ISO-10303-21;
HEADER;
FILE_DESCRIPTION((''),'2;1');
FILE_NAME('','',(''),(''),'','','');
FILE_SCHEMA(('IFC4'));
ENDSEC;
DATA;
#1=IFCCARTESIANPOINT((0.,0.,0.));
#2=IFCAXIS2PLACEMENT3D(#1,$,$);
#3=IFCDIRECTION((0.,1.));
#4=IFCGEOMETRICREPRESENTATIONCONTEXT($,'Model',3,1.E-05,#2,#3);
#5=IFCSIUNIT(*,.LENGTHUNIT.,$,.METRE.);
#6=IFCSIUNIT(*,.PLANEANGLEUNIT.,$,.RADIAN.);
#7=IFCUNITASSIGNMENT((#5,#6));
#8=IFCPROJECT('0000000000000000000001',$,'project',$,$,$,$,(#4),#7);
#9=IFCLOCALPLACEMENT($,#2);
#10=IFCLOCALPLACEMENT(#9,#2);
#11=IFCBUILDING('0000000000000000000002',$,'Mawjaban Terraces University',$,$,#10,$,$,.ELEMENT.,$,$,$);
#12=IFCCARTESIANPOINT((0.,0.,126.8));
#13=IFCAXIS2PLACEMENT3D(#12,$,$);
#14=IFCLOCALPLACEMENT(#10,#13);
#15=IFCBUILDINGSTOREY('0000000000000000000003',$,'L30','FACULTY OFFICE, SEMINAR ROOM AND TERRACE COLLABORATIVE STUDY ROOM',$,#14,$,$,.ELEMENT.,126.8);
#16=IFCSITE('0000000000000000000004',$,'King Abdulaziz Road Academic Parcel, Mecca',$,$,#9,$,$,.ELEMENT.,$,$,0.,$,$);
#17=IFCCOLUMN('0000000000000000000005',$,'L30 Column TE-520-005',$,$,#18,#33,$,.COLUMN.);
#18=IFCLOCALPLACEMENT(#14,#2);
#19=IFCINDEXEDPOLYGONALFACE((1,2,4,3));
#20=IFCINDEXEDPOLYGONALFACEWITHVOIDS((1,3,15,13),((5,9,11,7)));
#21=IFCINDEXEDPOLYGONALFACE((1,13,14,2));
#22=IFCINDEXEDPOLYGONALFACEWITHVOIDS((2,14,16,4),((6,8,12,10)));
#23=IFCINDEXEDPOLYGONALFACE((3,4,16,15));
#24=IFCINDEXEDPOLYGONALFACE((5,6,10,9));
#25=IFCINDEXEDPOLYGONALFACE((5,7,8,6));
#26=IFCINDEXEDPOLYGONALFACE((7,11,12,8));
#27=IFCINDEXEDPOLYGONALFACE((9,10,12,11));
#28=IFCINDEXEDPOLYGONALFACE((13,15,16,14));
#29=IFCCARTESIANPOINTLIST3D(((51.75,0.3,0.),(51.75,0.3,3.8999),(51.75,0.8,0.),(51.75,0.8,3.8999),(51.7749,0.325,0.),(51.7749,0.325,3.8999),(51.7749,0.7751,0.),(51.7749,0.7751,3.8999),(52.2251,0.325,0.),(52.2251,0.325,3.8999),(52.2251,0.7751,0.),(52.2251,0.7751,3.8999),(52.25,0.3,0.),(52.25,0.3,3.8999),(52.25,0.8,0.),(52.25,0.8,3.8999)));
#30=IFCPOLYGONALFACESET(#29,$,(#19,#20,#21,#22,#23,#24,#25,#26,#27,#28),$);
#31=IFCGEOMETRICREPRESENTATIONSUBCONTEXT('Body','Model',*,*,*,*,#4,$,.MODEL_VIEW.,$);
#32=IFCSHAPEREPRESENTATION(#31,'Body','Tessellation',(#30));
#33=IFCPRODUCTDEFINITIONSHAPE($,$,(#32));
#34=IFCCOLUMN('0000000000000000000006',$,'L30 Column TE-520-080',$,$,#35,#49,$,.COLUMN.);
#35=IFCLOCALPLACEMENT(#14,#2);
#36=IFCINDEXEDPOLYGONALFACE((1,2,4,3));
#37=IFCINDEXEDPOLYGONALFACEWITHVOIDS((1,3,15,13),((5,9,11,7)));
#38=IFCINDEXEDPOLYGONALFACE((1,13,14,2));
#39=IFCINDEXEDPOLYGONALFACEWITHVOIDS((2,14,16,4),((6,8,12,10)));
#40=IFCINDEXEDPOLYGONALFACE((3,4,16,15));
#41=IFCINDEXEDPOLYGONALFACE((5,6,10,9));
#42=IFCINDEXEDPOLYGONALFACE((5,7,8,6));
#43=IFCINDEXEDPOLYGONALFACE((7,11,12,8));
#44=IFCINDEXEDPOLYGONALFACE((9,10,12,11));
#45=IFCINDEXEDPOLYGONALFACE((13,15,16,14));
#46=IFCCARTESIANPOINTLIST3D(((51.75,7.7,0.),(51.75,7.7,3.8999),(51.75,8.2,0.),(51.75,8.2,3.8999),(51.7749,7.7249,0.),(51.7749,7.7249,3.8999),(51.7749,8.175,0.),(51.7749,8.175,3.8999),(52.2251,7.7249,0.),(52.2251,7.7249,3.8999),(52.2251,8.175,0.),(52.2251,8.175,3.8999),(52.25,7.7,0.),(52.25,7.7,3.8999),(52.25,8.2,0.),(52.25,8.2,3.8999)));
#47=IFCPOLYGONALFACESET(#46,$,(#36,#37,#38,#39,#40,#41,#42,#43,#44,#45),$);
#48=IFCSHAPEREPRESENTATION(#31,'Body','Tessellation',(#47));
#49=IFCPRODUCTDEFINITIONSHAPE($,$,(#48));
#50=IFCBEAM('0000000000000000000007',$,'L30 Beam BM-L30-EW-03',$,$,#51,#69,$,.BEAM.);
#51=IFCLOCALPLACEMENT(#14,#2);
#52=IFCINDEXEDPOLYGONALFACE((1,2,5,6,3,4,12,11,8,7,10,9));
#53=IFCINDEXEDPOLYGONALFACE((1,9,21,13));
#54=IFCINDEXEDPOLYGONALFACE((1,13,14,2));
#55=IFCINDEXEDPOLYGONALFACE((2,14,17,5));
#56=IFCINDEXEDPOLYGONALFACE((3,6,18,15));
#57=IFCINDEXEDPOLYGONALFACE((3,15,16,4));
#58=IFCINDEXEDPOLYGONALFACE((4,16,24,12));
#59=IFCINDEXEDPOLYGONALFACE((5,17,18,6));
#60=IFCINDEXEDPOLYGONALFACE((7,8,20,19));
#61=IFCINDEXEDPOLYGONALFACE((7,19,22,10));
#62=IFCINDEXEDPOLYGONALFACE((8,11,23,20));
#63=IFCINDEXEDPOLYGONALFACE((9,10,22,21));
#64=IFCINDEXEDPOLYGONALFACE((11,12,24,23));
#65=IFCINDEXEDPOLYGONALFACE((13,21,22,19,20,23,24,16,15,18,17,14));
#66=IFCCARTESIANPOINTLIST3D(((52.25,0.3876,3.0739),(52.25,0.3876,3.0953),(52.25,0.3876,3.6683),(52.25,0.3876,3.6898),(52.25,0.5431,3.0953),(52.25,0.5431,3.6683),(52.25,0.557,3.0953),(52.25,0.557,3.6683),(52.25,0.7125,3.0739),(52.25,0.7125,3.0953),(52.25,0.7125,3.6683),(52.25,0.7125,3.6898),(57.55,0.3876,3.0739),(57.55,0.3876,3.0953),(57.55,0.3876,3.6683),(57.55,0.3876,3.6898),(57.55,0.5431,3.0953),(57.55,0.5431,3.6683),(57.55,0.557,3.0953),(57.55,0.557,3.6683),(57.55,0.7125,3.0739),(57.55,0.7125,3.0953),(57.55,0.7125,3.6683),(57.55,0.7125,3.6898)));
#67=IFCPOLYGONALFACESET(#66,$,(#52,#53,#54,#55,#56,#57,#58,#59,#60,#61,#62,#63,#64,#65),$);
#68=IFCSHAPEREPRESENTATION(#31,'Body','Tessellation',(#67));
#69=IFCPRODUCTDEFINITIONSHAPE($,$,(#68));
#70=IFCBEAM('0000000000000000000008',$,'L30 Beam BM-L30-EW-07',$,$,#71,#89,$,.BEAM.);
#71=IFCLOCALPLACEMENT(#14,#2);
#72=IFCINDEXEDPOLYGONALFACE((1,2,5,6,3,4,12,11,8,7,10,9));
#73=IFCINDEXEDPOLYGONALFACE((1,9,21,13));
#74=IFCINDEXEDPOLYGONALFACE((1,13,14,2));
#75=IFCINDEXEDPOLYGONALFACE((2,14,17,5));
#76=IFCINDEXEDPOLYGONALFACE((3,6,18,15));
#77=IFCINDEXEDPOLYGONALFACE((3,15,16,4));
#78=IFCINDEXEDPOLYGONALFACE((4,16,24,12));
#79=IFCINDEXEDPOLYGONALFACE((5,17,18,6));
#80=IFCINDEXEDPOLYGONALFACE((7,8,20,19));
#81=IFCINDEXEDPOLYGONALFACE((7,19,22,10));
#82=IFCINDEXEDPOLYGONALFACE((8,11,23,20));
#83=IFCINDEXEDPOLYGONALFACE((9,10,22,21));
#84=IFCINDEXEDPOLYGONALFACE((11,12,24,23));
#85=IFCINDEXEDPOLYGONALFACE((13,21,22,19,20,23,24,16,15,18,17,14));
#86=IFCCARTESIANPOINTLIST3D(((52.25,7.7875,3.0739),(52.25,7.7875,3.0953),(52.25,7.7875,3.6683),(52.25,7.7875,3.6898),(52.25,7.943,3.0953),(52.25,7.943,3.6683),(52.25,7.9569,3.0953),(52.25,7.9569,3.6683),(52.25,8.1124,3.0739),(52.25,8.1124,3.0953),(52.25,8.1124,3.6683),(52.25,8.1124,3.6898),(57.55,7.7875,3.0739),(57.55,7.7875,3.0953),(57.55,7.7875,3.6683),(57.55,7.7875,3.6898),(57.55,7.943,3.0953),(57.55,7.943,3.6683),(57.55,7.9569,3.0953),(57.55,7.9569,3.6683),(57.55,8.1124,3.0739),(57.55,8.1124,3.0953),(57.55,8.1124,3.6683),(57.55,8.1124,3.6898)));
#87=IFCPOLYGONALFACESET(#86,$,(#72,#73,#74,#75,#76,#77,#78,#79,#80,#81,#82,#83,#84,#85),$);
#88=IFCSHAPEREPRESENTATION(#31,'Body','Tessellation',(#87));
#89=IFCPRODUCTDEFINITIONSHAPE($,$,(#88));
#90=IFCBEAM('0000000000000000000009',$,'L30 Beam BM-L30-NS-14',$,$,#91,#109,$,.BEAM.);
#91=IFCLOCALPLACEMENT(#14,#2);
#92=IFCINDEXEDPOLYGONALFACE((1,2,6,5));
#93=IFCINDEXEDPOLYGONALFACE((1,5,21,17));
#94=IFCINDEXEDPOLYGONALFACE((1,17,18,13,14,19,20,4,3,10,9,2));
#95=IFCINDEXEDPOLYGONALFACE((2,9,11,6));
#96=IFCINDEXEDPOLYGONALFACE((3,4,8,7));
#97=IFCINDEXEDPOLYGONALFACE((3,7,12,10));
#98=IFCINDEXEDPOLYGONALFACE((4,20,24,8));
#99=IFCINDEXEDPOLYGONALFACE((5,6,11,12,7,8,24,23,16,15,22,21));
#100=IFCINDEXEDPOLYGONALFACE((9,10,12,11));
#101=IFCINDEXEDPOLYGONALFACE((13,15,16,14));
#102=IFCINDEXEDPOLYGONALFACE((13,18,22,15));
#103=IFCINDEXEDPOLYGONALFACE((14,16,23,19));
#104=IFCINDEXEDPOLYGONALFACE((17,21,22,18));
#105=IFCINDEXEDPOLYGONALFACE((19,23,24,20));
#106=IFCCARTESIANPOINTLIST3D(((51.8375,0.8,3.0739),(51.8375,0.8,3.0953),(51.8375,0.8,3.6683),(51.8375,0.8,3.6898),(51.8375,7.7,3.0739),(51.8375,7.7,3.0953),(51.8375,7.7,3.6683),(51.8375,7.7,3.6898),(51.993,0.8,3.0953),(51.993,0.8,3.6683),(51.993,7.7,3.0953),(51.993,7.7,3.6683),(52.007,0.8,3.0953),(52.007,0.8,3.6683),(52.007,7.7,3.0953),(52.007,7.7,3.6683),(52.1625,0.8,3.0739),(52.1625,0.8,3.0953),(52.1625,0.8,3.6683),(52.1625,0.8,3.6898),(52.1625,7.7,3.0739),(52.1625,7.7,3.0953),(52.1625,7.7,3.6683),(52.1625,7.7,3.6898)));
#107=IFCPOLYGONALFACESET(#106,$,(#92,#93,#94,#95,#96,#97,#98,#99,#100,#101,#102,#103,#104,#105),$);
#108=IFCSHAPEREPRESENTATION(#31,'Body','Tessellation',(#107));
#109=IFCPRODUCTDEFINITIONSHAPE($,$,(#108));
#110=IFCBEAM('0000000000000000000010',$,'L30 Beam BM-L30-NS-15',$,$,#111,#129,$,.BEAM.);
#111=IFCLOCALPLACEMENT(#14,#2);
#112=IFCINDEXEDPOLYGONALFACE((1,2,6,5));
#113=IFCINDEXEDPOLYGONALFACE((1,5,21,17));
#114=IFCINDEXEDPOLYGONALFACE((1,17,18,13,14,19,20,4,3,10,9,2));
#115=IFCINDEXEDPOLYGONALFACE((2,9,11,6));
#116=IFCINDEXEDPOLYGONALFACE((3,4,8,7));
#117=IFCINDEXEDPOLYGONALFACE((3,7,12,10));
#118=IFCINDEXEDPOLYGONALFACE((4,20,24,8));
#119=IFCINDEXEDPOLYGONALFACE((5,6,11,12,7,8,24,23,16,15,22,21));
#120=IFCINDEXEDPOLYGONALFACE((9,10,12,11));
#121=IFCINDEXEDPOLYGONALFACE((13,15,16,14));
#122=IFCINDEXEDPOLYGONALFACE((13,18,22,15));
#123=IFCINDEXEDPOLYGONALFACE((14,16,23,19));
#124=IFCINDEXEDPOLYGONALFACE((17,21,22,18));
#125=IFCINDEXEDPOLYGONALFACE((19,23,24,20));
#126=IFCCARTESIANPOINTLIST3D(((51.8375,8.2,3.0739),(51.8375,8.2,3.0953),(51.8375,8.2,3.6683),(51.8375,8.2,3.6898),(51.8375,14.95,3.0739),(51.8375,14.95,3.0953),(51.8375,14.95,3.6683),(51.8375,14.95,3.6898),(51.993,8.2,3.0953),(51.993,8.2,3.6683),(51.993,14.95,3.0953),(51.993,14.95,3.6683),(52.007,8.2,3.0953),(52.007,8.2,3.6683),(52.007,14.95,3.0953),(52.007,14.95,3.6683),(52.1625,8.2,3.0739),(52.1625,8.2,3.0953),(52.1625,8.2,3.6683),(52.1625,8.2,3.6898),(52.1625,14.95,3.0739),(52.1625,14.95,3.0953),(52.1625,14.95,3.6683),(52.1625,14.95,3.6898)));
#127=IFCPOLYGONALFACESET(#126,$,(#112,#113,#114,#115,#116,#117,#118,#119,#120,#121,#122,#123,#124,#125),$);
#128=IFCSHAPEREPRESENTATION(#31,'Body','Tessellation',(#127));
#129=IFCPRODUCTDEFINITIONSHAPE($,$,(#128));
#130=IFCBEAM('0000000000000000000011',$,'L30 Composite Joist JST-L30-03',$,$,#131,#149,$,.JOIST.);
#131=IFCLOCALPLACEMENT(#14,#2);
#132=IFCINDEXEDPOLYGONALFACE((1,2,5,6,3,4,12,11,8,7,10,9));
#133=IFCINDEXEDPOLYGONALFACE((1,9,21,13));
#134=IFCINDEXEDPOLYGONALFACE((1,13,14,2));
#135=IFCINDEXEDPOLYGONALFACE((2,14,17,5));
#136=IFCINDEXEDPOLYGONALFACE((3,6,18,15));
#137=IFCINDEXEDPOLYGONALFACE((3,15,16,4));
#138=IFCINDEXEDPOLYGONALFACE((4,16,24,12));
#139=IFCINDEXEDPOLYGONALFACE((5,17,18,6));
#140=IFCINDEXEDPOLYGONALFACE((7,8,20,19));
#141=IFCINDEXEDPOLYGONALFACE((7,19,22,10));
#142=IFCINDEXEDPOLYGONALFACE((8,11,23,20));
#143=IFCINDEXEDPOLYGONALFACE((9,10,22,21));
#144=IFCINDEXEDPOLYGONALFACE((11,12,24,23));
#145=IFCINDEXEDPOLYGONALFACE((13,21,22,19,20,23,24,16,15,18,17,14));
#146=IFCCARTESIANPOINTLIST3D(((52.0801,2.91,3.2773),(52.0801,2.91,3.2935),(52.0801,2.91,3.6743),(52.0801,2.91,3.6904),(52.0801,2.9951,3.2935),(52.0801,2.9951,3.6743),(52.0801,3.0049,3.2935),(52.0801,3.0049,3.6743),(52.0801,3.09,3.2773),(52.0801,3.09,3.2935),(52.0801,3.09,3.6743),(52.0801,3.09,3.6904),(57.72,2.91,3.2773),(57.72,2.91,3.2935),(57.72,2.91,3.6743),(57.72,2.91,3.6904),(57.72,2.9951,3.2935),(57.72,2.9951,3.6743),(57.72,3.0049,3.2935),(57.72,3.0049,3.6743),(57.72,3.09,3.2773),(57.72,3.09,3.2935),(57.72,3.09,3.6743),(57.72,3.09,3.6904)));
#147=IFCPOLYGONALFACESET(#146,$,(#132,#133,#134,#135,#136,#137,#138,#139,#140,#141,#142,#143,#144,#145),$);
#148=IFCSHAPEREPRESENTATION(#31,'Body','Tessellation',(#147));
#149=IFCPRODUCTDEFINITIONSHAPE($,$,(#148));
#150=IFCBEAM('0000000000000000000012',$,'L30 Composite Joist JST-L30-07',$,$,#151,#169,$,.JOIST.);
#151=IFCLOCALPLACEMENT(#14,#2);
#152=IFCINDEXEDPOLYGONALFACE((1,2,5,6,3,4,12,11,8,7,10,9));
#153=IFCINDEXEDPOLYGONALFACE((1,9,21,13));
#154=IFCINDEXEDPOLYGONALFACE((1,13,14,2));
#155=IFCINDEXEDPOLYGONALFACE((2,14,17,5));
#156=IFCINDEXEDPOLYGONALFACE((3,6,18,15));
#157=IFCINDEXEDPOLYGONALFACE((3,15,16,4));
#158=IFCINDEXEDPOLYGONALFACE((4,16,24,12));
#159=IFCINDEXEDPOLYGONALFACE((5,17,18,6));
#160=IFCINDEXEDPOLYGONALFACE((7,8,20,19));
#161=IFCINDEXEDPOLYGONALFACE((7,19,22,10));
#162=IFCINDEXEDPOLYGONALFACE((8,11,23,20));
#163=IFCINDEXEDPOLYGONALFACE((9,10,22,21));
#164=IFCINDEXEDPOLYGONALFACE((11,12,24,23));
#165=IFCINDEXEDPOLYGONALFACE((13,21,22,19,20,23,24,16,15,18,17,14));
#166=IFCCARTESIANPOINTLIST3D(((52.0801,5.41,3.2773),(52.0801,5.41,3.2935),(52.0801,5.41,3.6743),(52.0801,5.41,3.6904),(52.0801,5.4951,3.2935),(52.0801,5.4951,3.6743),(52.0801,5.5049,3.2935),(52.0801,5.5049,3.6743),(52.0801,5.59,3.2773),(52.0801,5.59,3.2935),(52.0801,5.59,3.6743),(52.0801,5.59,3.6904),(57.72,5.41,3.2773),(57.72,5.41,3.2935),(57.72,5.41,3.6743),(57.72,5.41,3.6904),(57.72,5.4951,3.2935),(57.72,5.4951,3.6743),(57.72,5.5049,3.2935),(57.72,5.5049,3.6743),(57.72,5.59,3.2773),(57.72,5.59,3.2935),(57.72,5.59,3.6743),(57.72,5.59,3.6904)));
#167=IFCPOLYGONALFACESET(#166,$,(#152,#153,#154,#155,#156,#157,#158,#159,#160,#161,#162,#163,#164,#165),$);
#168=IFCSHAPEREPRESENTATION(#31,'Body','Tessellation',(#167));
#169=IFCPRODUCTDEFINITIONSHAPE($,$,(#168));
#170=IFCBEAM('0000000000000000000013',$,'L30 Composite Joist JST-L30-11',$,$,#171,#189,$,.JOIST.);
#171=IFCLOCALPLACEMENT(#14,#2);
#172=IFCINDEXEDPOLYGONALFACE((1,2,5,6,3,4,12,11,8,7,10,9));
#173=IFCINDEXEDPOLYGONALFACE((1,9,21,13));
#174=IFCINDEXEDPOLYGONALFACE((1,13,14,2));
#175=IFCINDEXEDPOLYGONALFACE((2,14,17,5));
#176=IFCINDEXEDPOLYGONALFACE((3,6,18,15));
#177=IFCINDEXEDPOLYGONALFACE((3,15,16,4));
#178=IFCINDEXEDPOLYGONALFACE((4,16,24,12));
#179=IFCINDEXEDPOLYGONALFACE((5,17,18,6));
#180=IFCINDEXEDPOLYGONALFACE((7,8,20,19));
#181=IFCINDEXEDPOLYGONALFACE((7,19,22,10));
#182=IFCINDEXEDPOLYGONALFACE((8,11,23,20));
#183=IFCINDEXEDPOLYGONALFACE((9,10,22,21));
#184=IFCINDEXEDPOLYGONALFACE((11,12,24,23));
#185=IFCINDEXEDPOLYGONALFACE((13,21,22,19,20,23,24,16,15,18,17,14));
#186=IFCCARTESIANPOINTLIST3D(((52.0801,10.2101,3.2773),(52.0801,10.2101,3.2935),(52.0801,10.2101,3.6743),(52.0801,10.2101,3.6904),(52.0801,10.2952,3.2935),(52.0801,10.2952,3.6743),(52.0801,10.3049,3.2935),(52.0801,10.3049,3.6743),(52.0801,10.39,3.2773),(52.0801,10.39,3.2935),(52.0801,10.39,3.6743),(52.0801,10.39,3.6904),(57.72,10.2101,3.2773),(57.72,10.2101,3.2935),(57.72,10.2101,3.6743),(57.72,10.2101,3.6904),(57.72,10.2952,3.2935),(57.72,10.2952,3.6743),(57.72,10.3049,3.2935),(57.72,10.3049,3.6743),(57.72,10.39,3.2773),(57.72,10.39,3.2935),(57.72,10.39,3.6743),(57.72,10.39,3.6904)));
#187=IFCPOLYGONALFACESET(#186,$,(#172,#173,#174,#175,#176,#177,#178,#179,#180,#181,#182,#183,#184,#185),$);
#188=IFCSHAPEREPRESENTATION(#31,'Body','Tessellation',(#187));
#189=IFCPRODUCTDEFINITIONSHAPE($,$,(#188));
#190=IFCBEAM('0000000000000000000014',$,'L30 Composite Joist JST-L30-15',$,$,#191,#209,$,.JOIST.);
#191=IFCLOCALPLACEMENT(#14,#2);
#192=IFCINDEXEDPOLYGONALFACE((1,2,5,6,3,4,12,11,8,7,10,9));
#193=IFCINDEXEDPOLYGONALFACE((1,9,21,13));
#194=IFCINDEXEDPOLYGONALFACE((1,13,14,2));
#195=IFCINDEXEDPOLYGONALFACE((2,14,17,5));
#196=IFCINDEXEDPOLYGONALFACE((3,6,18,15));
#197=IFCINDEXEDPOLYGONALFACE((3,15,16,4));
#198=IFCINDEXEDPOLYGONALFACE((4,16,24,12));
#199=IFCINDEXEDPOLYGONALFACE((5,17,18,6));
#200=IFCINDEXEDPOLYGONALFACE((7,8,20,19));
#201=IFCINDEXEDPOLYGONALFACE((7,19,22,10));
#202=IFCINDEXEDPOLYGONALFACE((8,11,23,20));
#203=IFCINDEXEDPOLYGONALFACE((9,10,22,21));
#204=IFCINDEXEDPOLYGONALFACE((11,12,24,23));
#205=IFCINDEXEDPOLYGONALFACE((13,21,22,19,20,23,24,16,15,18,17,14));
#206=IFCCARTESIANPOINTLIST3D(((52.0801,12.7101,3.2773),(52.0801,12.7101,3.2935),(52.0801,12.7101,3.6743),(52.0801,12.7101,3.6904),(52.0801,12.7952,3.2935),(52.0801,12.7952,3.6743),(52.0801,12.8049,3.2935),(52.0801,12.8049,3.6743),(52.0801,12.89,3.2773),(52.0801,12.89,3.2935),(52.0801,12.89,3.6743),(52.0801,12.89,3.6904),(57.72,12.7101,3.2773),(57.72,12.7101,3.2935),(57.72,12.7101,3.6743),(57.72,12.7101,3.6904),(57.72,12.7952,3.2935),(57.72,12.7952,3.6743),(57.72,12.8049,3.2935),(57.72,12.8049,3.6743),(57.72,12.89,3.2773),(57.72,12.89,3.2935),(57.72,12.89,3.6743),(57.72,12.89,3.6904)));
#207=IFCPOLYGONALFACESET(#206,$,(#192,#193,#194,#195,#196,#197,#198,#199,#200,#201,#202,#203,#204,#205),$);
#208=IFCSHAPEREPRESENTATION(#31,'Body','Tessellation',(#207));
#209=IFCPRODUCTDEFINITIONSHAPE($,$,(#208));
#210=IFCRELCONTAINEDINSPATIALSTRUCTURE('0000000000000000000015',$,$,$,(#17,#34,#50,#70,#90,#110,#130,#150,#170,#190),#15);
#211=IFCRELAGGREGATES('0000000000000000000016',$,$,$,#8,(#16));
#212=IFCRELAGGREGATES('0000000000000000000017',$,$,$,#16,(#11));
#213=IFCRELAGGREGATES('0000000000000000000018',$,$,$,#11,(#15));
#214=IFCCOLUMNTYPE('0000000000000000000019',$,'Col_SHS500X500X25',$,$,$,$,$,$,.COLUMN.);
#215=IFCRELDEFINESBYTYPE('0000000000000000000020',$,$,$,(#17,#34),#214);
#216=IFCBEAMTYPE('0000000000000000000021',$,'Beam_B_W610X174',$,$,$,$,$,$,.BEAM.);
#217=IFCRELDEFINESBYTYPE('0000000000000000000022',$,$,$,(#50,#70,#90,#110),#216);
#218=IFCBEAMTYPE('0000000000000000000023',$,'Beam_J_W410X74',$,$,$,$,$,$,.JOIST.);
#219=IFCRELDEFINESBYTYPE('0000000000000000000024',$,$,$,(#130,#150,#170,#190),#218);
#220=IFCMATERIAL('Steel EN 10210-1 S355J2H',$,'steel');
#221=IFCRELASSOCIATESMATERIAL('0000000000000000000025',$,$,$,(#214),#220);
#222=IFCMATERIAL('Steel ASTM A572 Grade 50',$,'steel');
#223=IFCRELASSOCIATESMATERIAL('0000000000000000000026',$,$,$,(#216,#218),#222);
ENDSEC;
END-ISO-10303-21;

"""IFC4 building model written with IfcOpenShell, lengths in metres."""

from ifc_helpers import new_model, si_unit, direction, frame, origin, origin_2d, place, context, subcontext, project, spatial, hollow_rectangle, i_section, extrude, material, material_profile, profile_set, type_object, element, save


model = new_model("IFC4")

# Units and contexts
model_context = context("Model", 3, precision=1e-05, world=origin(), true_north=direction((0.0, 1.0)))
body_context = subcontext(model_context, "Body", "Model", "MODEL_VIEW")
ifc_project = project(units=[si_unit("LENGTHUNIT", "METRE"), si_unit("PLANEANGLEUNIT", "RADIAN")], contexts=[model_context])

# Site, building, storey
site_placement = place(None, origin())
site = spatial("IfcSite", under=ifc_project, at=site_placement, Name="King Abdulaziz Road Academic Parcel, Mecca", CompositionType="ELEMENT", RefElevation=0.0)
building_placement = place(site_placement, origin())
building = spatial("IfcBuilding", under=site, at=building_placement, Name="Mawjaban Terraces University", CompositionType="ELEMENT")
storey_placement = place(building_placement, frame((0.0, 0.0, 126.8)))
storey = spatial("IfcBuildingStorey", under=building, at=storey_placement, Name="L30", Description="FACULTY OFFICE, SEMINAR ROOM AND TERRACE COLLABORATIVE STUDY ROOM", CompositionType="ELEMENT", Elevation=126.8)

# Columns
ifc_material_1 = material(Name="Steel EN 10210-1 S355J2H", Category="steel")
ifc_material_profile_1 = material_profile(ifc_material_1, hollow_rectangle(XDim=0.5, YDim=0.5, WallThickness=0.0249, at=origin_2d()), Name="SHS500X500X25")
ifc_profile_set_1 = profile_set([ifc_material_profile_1], Name="Steel EN 10210-1 S355J2H")
column_type = type_object("IfcColumnType", Name="Col_SHS500X500X25", PredefinedType="COLUMN", material=ifc_profile_set_1)
for number, where, z_axis, x_axis, name in (
    (1, (52.0, 0.55, 0.0), (0.0, 0.0, 1.0), (1.0, 0.0, 0.0), "L30 Column TE-520-005"),
    (2, (52.0, 7.95, 0.0), (0.0, 0.0, 1.0), (1.0, 0.0, 0.0), "L30 Column TE-520-080"),
):
    element("IfcColumn", number, at=place(storey_placement, frame(where, z_axis=z_axis, x_axis=x_axis)), inside=storey, type_object=column_type, Name=name, PredefinedType="COLUMN", context=body_context, shape_type="SweptSolid", body=[
        extrude(hollow_rectangle(XDim=0.5, YDim=0.5, WallThickness=0.0249, at=origin_2d()), origin(), (0.0, 0.0, 1.0), 3.8999),
    ])

# Beams
ifc_material_2 = material(Name="Steel ASTM A572 Grade 50", Category="steel")
ifc_material_profile_2 = material_profile(ifc_material_2, i_section(OverallWidth=0.325, OverallDepth=0.616, WebThickness=0.0139, FlangeThickness=0.0215, at=origin_2d()), Name="W610X174")
ifc_profile_set_2 = profile_set([ifc_material_profile_2], Name="Steel ASTM A572 Grade 50")
beam_type_1 = type_object("IfcBeamType", Name="Beam_B_W610X174", PredefinedType="BEAM", material=ifc_profile_set_2)
for number, where, z_axis, x_axis, name in (
    (3, (52.25, 0.55, 3.3818), (1.0, 0.0, 0.0), (0.0, 1.0, 0.0), "L30 Beam BM-L30-EW-03"),
    (4, (52.25, 7.95, 3.3818), (1.0, 0.0, 0.0), (0.0, 1.0, 0.0), "L30 Beam BM-L30-EW-07"),
):
    element("IfcBeam", number, at=place(storey_placement, frame(where, z_axis=z_axis, x_axis=x_axis)), inside=storey, type_object=beam_type_1, Name=name, PredefinedType="BEAM", context=body_context, shape_type="SweptSolid", body=[
        extrude(i_section(OverallWidth=0.325, OverallDepth=0.616, WebThickness=0.0139, FlangeThickness=0.0215, at=origin_2d()), origin(), (0.0, 0.0, 1.0), 5.3),
    ])
beam_1_placement = place(storey_placement, frame((52.0, 0.8, 3.3818), z_axis=(0.0, 1.0, 0.0), x_axis=(-1.0, 0.0, 0.0)))
element("IfcBeam", 5, at=beam_1_placement, inside=storey, type_object=beam_type_1, Name="L30 Beam BM-L30-NS-14", PredefinedType="BEAM", context=body_context, shape_type="SweptSolid", body=[
    extrude(i_section(OverallWidth=0.325, OverallDepth=0.616, WebThickness=0.0139, FlangeThickness=0.0215, at=origin_2d()), origin(), (0.0, 0.0, 1.0), 6.8999),
])
beam_2_placement = place(storey_placement, frame((52.0, 8.2, 3.3818), z_axis=(0.0, 1.0, 0.0), x_axis=(-1.0, 0.0, 0.0)))
element("IfcBeam", 6, at=beam_2_placement, inside=storey, type_object=beam_type_1, Name="L30 Beam BM-L30-NS-15", PredefinedType="BEAM", context=body_context, shape_type="SweptSolid", body=[
    extrude(i_section(OverallWidth=0.325, OverallDepth=0.616, WebThickness=0.0139, FlangeThickness=0.0215, at=origin_2d()), origin(), (0.0, 0.0, 1.0), 6.75),
])
ifc_material_profile_3 = material_profile(ifc_material_2, i_section(OverallWidth=0.1799, OverallDepth=0.4131, WebThickness=0.0098, FlangeThickness=0.0161, at=origin_2d()), Name="W410X74")
ifc_profile_set_3 = profile_set([ifc_material_profile_3], Name="Steel ASTM A572 Grade 50")
beam_type_2 = type_object("IfcBeamType", Name="Beam_J_W410X74", PredefinedType="JOIST", material=ifc_profile_set_3)
for number, where, z_axis, x_axis, name in (
    (7, (52.0801, 3.0, 3.4839), (1.0, 0.0, 0.0), (0.0, 1.0, 0.0), "L30 Composite Joist JST-L30-03"),
    (8, (52.0801, 5.5, 3.4839), (1.0, 0.0, 0.0), (0.0, 1.0, 0.0), "L30 Composite Joist JST-L30-07"),
    (9, (52.0801, 10.3, 3.4839), (1.0, 0.0, 0.0), (0.0, 1.0, 0.0), "L30 Composite Joist JST-L30-11"),
    (10, (52.0801, 12.8, 3.4839), (1.0, 0.0, 0.0), (0.0, 1.0, 0.0), "L30 Composite Joist JST-L30-15"),
):
    element("IfcBeam", number, at=place(storey_placement, frame(where, z_axis=z_axis, x_axis=x_axis)), inside=storey, type_object=beam_type_2, Name=name, PredefinedType="JOIST", context=body_context, shape_type="SweptSolid", body=[
        extrude(i_section(OverallWidth=0.1799, OverallDepth=0.4131, WebThickness=0.0098, FlangeThickness=0.0161, at=origin_2d()), origin(), (0.0, 0.0, 1.0), 5.6399),
    ])

save(model, "model.ifc")
